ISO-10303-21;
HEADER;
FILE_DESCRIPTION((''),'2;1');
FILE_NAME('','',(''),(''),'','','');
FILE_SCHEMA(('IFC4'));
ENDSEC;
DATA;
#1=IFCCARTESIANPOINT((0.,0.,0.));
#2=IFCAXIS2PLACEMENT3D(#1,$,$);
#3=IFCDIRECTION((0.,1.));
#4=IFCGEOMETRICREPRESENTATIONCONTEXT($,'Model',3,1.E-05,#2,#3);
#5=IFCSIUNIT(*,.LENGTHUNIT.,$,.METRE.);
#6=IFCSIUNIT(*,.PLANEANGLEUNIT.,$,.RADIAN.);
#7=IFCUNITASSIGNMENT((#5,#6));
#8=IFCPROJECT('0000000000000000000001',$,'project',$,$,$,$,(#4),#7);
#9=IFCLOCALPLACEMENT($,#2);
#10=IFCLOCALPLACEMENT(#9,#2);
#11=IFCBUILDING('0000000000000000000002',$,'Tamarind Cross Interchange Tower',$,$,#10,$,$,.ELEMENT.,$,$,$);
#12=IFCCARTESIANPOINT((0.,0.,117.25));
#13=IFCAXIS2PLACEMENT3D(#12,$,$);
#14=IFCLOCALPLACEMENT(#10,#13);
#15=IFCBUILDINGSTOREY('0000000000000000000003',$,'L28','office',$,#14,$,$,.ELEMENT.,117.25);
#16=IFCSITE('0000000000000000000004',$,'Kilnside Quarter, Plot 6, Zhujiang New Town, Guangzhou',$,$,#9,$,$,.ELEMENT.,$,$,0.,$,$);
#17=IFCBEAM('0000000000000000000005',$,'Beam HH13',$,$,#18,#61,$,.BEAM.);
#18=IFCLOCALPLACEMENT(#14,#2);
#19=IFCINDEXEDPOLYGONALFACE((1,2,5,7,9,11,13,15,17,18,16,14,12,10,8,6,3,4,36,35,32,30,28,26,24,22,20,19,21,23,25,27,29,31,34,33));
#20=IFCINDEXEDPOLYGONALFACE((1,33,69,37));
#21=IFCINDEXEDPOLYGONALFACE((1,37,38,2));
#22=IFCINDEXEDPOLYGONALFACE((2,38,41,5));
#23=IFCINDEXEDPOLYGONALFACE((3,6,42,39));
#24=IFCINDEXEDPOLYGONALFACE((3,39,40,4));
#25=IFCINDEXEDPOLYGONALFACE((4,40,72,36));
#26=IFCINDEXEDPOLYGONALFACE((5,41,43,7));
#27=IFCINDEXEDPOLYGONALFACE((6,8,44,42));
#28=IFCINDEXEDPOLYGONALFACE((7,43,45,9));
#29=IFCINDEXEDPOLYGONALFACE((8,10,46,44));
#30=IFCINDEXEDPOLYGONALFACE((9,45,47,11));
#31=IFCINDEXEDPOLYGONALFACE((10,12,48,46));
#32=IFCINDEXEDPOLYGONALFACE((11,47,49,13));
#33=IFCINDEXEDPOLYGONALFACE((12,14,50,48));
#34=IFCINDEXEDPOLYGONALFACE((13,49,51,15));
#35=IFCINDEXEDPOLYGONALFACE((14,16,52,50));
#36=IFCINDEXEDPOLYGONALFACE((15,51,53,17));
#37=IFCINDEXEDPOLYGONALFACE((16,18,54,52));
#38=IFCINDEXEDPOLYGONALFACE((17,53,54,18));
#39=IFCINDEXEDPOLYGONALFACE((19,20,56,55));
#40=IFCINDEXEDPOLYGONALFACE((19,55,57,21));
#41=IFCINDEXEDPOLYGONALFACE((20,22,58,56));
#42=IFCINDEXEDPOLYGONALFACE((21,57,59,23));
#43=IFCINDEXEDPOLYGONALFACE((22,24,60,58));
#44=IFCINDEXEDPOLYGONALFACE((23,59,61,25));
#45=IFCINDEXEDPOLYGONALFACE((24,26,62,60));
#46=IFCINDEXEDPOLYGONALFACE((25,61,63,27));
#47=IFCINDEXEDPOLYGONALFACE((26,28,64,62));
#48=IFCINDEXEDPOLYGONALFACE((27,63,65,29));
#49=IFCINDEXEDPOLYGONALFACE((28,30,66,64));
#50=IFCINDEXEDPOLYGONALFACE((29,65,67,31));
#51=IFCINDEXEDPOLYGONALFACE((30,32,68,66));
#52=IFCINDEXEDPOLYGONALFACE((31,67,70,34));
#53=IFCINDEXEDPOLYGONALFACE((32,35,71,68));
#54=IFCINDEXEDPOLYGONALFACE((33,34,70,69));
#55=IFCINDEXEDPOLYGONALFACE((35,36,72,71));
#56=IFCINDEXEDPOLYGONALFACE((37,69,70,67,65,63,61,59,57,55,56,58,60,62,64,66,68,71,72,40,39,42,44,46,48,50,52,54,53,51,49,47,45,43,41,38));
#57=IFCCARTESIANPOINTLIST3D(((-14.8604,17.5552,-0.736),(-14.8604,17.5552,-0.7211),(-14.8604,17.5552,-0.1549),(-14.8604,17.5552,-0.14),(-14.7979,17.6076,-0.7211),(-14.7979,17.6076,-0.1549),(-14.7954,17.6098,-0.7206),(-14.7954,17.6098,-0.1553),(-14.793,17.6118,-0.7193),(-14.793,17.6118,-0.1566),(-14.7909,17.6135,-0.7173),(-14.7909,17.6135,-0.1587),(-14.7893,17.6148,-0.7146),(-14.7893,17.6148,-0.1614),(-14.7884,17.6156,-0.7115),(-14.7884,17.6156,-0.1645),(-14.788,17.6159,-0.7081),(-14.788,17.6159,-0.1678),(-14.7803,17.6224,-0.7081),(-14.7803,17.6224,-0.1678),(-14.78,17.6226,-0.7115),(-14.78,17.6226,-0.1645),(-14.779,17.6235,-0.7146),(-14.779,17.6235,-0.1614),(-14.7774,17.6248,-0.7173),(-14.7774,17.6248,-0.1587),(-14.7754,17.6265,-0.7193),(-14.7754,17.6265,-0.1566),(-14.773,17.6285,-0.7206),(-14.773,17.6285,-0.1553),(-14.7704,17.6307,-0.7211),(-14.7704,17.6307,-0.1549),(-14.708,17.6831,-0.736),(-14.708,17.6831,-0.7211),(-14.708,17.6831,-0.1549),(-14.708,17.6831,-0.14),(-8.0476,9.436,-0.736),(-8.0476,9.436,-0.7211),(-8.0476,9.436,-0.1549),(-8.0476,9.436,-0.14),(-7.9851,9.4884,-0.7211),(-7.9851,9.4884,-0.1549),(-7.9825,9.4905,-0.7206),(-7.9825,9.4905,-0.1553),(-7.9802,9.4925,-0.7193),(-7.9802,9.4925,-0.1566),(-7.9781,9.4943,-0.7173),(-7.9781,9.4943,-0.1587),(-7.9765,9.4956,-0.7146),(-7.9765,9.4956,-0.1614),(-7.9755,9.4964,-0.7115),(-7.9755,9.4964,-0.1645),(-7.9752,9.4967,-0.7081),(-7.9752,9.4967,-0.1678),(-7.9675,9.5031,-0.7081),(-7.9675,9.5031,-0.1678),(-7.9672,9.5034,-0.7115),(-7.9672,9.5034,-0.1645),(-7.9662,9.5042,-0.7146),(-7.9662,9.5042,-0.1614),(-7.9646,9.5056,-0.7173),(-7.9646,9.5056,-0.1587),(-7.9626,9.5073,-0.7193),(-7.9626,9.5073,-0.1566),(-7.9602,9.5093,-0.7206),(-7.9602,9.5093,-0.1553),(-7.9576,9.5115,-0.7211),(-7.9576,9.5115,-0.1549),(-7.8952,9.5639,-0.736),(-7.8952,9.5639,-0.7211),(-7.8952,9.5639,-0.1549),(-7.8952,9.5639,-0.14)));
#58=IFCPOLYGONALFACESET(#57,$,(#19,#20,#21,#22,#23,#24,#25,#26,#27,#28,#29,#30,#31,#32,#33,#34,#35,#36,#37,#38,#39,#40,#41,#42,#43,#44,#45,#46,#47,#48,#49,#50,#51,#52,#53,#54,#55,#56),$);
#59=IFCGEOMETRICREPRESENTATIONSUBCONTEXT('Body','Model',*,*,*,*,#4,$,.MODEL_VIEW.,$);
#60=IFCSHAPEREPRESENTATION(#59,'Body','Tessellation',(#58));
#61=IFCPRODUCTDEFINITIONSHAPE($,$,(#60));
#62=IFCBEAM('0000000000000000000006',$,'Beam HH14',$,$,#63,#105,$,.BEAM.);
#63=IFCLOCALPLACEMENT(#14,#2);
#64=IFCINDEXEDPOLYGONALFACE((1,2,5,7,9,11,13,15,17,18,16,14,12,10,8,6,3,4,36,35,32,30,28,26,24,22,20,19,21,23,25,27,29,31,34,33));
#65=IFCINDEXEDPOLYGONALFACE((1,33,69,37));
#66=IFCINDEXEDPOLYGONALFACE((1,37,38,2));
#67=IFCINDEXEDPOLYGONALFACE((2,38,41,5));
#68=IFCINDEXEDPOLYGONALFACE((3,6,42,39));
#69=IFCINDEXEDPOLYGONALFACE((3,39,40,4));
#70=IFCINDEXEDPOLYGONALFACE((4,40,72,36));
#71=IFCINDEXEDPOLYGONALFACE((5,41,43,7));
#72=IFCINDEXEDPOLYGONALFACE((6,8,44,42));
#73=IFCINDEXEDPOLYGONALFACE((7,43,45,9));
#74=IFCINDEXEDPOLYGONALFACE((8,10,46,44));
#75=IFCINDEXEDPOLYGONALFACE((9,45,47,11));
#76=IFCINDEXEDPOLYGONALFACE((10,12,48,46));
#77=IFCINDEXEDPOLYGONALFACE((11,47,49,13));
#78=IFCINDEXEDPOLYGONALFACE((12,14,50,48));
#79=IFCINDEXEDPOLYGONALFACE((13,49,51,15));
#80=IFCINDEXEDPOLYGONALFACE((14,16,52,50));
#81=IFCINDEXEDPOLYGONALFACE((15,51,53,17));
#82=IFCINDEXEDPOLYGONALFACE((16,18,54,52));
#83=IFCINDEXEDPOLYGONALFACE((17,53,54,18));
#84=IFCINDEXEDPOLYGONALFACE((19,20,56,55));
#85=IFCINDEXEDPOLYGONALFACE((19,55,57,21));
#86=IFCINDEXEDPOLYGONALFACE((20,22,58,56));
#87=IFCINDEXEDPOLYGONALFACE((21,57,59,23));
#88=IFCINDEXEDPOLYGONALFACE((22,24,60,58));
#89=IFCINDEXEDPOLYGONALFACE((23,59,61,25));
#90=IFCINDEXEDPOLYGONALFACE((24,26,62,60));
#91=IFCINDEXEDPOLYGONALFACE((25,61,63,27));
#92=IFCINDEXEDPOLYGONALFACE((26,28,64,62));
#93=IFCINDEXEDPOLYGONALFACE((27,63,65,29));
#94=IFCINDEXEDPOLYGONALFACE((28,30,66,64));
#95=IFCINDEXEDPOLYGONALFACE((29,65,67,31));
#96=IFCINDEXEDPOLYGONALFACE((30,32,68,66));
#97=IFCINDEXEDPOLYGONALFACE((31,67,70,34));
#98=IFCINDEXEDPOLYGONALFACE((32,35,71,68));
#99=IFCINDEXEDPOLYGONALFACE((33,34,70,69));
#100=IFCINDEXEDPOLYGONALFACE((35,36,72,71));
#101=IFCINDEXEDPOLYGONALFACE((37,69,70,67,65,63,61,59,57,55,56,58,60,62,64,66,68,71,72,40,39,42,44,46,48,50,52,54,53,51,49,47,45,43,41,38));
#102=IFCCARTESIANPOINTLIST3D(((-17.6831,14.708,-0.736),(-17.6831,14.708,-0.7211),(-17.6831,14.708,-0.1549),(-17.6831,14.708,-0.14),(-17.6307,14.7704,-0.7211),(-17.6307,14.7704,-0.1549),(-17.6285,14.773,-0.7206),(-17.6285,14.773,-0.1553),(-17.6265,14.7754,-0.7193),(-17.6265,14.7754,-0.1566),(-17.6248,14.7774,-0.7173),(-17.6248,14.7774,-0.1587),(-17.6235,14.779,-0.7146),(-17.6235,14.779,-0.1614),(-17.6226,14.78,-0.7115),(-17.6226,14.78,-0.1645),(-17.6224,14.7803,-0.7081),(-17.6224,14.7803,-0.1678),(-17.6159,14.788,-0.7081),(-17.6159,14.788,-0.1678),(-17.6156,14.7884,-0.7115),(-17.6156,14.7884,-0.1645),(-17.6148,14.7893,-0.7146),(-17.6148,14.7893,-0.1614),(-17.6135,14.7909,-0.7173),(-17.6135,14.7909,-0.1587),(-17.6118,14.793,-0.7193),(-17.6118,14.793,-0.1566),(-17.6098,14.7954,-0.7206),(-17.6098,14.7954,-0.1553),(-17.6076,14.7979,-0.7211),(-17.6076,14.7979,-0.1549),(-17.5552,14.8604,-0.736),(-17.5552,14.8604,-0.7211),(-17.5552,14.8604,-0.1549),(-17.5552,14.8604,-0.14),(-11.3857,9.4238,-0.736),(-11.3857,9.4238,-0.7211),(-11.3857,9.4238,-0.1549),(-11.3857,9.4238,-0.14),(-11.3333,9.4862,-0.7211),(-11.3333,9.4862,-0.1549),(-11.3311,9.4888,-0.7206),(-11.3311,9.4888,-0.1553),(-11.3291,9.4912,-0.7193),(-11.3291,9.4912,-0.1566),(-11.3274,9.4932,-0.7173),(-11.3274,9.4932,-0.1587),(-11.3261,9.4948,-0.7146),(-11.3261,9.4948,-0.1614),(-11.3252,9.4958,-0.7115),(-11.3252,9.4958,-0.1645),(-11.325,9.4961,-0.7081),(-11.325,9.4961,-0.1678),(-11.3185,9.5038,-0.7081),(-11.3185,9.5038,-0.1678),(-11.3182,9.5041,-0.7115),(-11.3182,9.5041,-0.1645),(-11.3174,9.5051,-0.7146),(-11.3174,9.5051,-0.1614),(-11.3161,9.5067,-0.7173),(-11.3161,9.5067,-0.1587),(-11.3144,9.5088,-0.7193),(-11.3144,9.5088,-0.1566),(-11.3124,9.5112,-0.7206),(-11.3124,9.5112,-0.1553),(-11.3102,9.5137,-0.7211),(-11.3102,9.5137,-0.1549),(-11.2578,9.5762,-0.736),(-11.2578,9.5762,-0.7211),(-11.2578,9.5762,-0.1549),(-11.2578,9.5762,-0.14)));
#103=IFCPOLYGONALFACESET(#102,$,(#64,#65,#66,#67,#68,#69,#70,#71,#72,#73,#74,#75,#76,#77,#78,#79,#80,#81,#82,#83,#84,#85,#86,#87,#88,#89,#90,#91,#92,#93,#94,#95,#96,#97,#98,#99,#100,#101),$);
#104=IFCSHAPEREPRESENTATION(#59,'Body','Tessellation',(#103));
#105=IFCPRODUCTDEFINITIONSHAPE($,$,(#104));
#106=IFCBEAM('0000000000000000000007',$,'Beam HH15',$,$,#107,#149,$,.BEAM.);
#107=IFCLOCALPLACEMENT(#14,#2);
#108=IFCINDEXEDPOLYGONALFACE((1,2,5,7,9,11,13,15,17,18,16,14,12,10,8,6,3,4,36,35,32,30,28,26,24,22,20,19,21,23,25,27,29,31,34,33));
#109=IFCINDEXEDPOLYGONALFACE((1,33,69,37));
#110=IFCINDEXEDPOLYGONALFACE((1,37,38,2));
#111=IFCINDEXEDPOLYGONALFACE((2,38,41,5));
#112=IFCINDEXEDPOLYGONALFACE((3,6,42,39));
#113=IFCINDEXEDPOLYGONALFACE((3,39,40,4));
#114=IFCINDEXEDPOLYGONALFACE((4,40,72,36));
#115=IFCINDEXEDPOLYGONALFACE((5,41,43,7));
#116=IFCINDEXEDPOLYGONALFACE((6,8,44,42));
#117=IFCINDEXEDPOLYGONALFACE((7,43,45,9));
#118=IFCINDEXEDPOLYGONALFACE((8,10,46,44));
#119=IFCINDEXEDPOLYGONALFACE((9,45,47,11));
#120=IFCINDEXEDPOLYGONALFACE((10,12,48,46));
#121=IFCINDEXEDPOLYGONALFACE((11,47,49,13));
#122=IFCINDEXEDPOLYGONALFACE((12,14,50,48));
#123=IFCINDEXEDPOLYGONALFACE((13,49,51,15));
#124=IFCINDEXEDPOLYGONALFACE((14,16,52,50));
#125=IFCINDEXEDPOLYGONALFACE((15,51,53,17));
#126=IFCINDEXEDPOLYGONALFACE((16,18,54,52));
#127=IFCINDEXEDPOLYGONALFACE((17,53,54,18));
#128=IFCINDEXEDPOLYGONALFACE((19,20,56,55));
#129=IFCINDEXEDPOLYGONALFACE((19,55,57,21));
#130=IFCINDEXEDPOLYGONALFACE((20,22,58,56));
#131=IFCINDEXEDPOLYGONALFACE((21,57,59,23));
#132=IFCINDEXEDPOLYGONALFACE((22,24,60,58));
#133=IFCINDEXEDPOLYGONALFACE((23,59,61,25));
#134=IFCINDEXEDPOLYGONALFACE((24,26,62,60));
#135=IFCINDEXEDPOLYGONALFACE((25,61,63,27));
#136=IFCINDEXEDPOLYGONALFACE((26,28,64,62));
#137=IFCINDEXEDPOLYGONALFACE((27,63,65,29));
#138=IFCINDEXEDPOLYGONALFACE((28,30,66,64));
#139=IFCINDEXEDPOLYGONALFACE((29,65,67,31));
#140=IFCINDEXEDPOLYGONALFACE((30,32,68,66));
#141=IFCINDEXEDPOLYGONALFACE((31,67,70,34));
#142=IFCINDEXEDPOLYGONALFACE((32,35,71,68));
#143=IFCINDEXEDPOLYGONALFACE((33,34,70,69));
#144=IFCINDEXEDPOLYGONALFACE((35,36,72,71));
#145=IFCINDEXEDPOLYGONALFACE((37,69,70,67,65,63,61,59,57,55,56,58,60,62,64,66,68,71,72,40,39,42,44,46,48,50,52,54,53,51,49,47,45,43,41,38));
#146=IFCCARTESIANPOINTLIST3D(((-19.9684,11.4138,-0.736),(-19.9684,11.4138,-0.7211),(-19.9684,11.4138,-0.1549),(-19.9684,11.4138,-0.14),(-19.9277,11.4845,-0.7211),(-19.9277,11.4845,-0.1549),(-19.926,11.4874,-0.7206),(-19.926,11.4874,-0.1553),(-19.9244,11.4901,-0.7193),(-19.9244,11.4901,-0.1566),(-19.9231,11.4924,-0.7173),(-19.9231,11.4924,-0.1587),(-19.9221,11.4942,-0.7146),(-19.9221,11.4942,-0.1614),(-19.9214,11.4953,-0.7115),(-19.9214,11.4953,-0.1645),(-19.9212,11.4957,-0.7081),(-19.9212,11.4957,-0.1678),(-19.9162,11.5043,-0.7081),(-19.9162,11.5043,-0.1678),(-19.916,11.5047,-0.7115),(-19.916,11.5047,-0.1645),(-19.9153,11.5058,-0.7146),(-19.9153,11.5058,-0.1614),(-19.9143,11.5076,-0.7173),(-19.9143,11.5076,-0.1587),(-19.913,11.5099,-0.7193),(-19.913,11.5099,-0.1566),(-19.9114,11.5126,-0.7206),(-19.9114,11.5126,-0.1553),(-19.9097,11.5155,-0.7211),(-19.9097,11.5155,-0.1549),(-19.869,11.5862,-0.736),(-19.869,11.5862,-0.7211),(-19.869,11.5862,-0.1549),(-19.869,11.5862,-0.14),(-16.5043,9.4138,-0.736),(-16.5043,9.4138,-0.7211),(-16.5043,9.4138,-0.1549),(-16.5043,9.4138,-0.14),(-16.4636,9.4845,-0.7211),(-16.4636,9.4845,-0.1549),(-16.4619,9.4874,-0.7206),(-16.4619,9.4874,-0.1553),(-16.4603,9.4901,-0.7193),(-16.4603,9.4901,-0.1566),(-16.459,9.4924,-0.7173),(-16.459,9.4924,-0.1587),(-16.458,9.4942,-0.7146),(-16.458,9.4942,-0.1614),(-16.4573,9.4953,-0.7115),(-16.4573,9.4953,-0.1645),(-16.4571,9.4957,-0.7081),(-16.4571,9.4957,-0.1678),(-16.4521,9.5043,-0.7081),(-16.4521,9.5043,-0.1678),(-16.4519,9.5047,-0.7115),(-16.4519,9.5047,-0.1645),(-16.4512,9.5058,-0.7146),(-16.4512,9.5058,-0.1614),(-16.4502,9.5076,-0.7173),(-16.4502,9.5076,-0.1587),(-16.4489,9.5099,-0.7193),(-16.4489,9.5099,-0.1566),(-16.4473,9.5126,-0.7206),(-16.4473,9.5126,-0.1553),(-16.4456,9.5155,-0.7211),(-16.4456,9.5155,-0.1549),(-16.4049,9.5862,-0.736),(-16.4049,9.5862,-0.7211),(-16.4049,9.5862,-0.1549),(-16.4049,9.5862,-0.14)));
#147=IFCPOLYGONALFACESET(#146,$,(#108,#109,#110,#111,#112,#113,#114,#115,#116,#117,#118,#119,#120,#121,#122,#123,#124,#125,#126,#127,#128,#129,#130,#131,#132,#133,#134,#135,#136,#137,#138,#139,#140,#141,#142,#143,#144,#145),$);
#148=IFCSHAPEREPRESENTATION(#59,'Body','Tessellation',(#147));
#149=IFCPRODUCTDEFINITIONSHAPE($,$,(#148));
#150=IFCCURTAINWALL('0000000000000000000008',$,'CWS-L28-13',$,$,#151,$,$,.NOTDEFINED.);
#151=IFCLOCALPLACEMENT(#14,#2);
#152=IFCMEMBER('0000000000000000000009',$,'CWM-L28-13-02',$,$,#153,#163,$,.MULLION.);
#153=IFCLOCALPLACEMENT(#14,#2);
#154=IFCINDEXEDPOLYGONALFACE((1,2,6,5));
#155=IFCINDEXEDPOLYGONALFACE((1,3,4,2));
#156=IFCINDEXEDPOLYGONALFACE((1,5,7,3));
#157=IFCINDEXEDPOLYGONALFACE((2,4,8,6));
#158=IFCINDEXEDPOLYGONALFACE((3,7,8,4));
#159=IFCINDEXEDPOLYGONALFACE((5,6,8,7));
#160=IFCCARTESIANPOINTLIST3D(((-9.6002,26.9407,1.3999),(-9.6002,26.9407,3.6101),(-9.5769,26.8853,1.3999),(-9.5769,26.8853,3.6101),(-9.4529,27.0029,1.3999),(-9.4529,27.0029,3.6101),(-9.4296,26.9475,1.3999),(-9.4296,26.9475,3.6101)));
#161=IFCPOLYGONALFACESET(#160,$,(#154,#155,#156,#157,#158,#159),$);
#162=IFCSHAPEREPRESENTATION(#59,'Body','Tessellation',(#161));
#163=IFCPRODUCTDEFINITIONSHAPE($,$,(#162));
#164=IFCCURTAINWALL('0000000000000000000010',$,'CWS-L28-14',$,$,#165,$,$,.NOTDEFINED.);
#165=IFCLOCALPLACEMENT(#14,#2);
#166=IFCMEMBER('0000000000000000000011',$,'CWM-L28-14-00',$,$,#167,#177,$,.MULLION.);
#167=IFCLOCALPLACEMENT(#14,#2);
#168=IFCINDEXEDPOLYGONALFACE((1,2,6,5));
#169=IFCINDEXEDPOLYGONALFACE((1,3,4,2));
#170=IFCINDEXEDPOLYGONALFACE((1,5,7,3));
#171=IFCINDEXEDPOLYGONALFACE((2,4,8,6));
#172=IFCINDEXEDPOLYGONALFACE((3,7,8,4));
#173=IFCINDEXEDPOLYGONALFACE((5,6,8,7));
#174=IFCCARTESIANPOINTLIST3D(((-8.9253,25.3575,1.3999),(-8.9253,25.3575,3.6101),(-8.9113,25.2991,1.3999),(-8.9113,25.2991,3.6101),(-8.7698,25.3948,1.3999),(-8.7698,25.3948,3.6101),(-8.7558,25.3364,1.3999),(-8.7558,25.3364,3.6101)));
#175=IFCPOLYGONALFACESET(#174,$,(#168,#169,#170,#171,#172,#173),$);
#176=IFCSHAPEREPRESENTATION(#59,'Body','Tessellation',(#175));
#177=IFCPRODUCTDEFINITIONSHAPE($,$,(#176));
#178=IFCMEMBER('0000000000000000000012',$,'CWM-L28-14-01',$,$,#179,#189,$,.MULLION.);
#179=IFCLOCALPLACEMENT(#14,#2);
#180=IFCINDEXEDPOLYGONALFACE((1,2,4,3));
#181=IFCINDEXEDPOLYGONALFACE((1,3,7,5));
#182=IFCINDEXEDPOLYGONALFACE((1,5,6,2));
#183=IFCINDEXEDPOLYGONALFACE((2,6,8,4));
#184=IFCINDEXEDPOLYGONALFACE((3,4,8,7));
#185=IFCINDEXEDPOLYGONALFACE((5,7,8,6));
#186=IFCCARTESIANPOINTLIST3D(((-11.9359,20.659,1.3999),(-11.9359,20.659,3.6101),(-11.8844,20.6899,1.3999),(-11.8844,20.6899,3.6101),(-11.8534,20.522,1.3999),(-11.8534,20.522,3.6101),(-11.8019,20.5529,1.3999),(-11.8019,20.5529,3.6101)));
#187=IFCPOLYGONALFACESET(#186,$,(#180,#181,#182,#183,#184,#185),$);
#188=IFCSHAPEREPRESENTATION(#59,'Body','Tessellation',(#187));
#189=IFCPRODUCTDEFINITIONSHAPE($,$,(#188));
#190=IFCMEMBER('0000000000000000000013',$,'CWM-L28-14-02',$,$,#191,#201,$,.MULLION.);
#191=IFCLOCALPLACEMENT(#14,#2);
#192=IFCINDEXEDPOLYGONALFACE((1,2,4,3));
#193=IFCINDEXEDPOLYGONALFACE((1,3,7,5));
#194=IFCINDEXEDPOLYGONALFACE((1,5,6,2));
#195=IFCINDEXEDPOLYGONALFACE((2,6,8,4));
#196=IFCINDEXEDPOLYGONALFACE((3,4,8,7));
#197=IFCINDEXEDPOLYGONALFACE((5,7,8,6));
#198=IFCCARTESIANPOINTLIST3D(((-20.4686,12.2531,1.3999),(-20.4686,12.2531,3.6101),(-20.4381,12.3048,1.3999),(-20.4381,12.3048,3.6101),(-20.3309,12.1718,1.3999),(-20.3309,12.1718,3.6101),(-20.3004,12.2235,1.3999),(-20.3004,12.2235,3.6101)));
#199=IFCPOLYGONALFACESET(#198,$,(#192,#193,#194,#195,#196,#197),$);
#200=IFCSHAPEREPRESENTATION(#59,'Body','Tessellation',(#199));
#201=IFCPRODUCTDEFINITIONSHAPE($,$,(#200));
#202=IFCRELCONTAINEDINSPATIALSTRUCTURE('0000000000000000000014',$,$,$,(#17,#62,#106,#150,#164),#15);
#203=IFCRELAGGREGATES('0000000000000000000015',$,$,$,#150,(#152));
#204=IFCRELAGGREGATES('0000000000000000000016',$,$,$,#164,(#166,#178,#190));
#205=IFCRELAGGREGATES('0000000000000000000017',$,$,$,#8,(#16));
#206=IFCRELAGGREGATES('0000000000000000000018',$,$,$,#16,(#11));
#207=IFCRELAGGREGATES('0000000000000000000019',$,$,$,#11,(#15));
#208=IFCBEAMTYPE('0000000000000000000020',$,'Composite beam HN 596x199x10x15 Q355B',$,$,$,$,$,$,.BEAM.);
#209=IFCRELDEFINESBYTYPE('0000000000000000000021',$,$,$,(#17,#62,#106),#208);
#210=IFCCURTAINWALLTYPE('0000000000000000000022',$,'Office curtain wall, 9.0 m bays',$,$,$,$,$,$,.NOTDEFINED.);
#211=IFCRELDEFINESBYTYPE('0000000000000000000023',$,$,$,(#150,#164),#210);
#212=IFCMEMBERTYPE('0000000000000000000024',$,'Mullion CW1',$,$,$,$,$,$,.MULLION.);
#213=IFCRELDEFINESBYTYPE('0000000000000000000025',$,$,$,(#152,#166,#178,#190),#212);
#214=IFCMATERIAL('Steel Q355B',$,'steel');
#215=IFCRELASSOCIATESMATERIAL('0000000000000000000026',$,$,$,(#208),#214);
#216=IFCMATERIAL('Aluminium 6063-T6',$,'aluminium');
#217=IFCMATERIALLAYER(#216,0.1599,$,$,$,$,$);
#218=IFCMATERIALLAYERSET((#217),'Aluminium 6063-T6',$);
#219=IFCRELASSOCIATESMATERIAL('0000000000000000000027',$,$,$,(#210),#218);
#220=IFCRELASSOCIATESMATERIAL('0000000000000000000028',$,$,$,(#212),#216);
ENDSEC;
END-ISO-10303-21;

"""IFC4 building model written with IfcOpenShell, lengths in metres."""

from ifc_helpers import new_model, si_unit, direction, frame, origin, origin_2d, place, context, subcontext, project, spatial, rectangle, i_section, extrude, material, layer, layer_set, material_profile, profile_set, type_object, element, aggregate, save


model = new_model("IFC4")

# Units and contexts
model_context = context("Model", 3, precision=1e-05, world=origin(), true_north=direction((0.0, 1.0)))
body_context = subcontext(model_context, "Body", "Model", "MODEL_VIEW")
ifc_project = project(units=[si_unit("LENGTHUNIT", "METRE"), si_unit("PLANEANGLEUNIT", "RADIAN")], contexts=[model_context])

# Site, building, storey
site_placement = place(None, origin())
site = spatial("IfcSite", under=ifc_project, at=site_placement, Name="Kilnside Quarter, Plot 6, Zhujiang New Town, Guangzhou", CompositionType="ELEMENT", RefElevation=0.0)
building_placement = place(site_placement, origin())
building = spatial("IfcBuilding", under=site, at=building_placement, Name="Tamarind Cross Interchange Tower", CompositionType="ELEMENT")
storey_placement = place(building_placement, frame((0.0, 0.0, 117.25)))
storey = spatial("IfcBuildingStorey", under=building, at=storey_placement, Name="L28", Description="office", CompositionType="ELEMENT", Elevation=117.25)

# Beams
ifc_material_1 = material(Name="Steel Q355B", Category="steel")
ifc_material_profile_1 = material_profile(ifc_material_1, i_section(OverallWidth=0.199, OverallDepth=0.5959, WebThickness=0.01, FlangeThickness=0.0149, FilletRadius=0.0129, at=origin_2d()), Name="HN 596x199x10x15")
ifc_profile_set_1 = profile_set([ifc_material_profile_1], Name="Steel Q355B")
beam_type = type_object("IfcBeamType", Name="Composite beam HN 596x199x10x15 Q355B", PredefinedType="BEAM", material=ifc_profile_set_1)
beam_1_placement = place(storey_placement, frame((-14.7842, 17.6191, -0.438), z_axis=(0.642786, -0.766046, 0.0), x_axis=(0.766046, 0.642786, 0.0)))
element("IfcBeam", 1, at=beam_1_placement, inside=storey, type_object=beam_type, Name="Beam HH13", PredefinedType="BEAM", context=body_context, shape_type="SweptSolid", body=[
    extrude(i_section(OverallWidth=0.199, OverallDepth=0.5959, WebThickness=0.01, FlangeThickness=0.0149, FilletRadius=0.0129, at=origin_2d()), origin(), (0.0, 0.0, 1.0), 10.5989),
])
beam_2_placement = place(storey_placement, frame((-17.6191, 14.7842, -0.438), z_axis=(0.766041, -0.642792, 0.0), x_axis=(0.642792, 0.766041, 0.0)))
element("IfcBeam", 2, at=beam_2_placement, inside=storey, type_object=beam_type, Name="Beam HH14", PredefinedType="BEAM", context=body_context, shape_type="SweptSolid", body=[
    extrude(i_section(OverallWidth=0.199, OverallDepth=0.5959, WebThickness=0.01, FlangeThickness=0.0149, FilletRadius=0.0129, at=origin_2d()), origin(), (0.0, 0.0, 1.0), 8.2207),
])
beam_3_placement = place(storey_placement, frame((-19.9187, 11.5, -0.438), z_axis=(0.866026, -0.499999, 0.0), x_axis=(0.499999, 0.866026, 0.0)))
element("IfcBeam", 3, at=beam_3_placement, inside=storey, type_object=beam_type, Name="Beam HH15", PredefinedType="BEAM", context=body_context, shape_type="SweptSolid", body=[
    extrude(i_section(OverallWidth=0.199, OverallDepth=0.5959, WebThickness=0.01, FlangeThickness=0.0149, FilletRadius=0.0129, at=origin_2d()), origin(), (0.0, 0.0, 1.0), 4.0),
])

# Curtain wall, member
ifc_material_2 = material(Name="Aluminium 6063-T6", Category="aluminium")
ifc_layer_1 = layer(ifc_material_2, 0.1599)
ifc_layer_set_1 = layer_set([ifc_layer_1], Name="Aluminium 6063-T6")
curtain_wall_type = type_object("IfcCurtainWallType", Name="Office curtain wall, 9.0 m bays", PredefinedType="NOTDEFINED", material=ifc_layer_set_1)
curtain_wall_1_placement = place(storey_placement, origin())
curtain_wall_1 = element("IfcCurtainWall", 4, at=curtain_wall_1_placement, inside=storey, type_object=curtain_wall_type, Name="CWS-L28-13", PredefinedType="NOTDEFINED")
ifc_material_profile_2 = material_profile(ifc_material_2, rectangle(XDim=0.0601, YDim=0.1599, at=origin_2d()), Name="Mullion CW1")
ifc_profile_set_2 = profile_set([ifc_material_profile_2], Name="Aluminium 6063-T6")
member_type = type_object("IfcMemberType", Name="Mullion CW1", PredefinedType="MULLION", material=ifc_profile_set_2)
member_1_placement = place(storey_placement, frame((-9.5149, 26.9441, 1.3999), z_axis=(0.0, 0.0, 1.0), x_axis=(0.388939, -0.921264, 0.0)))
member_1 = element("IfcMember", 5, at=member_1_placement, type_object=member_type, Name="CWM-L28-13-02", PredefinedType="MULLION", context=body_context, shape_type="SweptSolid", body=[
    extrude(rectangle(XDim=0.0601, YDim=0.1599, at=origin_2d()), origin(), (0.0, 0.0, 1.0), 2.2102),
])
aggregate(curtain_wall_1, [member_1])

# Curtain wall, members
curtain_wall_2_placement = place(storey_placement, origin())
curtain_wall_2 = element("IfcCurtainWall", 6, at=curtain_wall_2_placement, inside=storey, type_object=curtain_wall_type, Name="CWS-L28-14", PredefinedType="NOTDEFINED")
member_2_placement = place(storey_placement, frame((-8.8406, 25.3469, 1.3999), z_axis=(0.0, 0.0, 1.0), x_axis=(0.233232, -0.972421, 0.0)))
member_2 = element("IfcMember", 7, at=member_2_placement, type_object=member_type, Name="CWM-L28-14-00", PredefinedType="MULLION", context=body_context, shape_type="SweptSolid", body=[
    extrude(rectangle(XDim=0.0601, YDim=0.1599, at=origin_2d()), origin(), (0.0, 0.0, 1.0), 2.2102),
])
member_3_placement = place(storey_placement, frame((-11.8689, 20.606, 1.3999), z_axis=(0.0, 0.0, 1.0), x_axis=(-0.856843, -0.515577, 0.0)))
member_3 = element("IfcMember", 8, at=member_3_placement, type_object=member_type, Name="CWM-L28-14-01", PredefinedType="MULLION", context=body_context, shape_type="SweptSolid", body=[
    extrude(rectangle(XDim=0.0601, YDim=0.1599, at=origin_2d()), origin(), (0.0, 0.0, 1.0), 2.2102),
])
member_4_placement = place(storey_placement, frame((-20.3845, 12.2383, 1.3999), z_axis=(0.0, 0.0, 1.0), x_axis=(-0.508183, -0.861249, 0.0)))
member_4 = element("IfcMember", 9, at=member_4_placement, type_object=member_type, Name="CWM-L28-14-02", PredefinedType="MULLION", context=body_context, shape_type="SweptSolid", body=[
    extrude(rectangle(XDim=0.0601, YDim=0.1599, at=origin_2d()), origin(), (0.0, 0.0, 1.0), 2.2102),
])
aggregate(curtain_wall_2, [member_2, member_3, member_4])

save(model, "model.ifc")
